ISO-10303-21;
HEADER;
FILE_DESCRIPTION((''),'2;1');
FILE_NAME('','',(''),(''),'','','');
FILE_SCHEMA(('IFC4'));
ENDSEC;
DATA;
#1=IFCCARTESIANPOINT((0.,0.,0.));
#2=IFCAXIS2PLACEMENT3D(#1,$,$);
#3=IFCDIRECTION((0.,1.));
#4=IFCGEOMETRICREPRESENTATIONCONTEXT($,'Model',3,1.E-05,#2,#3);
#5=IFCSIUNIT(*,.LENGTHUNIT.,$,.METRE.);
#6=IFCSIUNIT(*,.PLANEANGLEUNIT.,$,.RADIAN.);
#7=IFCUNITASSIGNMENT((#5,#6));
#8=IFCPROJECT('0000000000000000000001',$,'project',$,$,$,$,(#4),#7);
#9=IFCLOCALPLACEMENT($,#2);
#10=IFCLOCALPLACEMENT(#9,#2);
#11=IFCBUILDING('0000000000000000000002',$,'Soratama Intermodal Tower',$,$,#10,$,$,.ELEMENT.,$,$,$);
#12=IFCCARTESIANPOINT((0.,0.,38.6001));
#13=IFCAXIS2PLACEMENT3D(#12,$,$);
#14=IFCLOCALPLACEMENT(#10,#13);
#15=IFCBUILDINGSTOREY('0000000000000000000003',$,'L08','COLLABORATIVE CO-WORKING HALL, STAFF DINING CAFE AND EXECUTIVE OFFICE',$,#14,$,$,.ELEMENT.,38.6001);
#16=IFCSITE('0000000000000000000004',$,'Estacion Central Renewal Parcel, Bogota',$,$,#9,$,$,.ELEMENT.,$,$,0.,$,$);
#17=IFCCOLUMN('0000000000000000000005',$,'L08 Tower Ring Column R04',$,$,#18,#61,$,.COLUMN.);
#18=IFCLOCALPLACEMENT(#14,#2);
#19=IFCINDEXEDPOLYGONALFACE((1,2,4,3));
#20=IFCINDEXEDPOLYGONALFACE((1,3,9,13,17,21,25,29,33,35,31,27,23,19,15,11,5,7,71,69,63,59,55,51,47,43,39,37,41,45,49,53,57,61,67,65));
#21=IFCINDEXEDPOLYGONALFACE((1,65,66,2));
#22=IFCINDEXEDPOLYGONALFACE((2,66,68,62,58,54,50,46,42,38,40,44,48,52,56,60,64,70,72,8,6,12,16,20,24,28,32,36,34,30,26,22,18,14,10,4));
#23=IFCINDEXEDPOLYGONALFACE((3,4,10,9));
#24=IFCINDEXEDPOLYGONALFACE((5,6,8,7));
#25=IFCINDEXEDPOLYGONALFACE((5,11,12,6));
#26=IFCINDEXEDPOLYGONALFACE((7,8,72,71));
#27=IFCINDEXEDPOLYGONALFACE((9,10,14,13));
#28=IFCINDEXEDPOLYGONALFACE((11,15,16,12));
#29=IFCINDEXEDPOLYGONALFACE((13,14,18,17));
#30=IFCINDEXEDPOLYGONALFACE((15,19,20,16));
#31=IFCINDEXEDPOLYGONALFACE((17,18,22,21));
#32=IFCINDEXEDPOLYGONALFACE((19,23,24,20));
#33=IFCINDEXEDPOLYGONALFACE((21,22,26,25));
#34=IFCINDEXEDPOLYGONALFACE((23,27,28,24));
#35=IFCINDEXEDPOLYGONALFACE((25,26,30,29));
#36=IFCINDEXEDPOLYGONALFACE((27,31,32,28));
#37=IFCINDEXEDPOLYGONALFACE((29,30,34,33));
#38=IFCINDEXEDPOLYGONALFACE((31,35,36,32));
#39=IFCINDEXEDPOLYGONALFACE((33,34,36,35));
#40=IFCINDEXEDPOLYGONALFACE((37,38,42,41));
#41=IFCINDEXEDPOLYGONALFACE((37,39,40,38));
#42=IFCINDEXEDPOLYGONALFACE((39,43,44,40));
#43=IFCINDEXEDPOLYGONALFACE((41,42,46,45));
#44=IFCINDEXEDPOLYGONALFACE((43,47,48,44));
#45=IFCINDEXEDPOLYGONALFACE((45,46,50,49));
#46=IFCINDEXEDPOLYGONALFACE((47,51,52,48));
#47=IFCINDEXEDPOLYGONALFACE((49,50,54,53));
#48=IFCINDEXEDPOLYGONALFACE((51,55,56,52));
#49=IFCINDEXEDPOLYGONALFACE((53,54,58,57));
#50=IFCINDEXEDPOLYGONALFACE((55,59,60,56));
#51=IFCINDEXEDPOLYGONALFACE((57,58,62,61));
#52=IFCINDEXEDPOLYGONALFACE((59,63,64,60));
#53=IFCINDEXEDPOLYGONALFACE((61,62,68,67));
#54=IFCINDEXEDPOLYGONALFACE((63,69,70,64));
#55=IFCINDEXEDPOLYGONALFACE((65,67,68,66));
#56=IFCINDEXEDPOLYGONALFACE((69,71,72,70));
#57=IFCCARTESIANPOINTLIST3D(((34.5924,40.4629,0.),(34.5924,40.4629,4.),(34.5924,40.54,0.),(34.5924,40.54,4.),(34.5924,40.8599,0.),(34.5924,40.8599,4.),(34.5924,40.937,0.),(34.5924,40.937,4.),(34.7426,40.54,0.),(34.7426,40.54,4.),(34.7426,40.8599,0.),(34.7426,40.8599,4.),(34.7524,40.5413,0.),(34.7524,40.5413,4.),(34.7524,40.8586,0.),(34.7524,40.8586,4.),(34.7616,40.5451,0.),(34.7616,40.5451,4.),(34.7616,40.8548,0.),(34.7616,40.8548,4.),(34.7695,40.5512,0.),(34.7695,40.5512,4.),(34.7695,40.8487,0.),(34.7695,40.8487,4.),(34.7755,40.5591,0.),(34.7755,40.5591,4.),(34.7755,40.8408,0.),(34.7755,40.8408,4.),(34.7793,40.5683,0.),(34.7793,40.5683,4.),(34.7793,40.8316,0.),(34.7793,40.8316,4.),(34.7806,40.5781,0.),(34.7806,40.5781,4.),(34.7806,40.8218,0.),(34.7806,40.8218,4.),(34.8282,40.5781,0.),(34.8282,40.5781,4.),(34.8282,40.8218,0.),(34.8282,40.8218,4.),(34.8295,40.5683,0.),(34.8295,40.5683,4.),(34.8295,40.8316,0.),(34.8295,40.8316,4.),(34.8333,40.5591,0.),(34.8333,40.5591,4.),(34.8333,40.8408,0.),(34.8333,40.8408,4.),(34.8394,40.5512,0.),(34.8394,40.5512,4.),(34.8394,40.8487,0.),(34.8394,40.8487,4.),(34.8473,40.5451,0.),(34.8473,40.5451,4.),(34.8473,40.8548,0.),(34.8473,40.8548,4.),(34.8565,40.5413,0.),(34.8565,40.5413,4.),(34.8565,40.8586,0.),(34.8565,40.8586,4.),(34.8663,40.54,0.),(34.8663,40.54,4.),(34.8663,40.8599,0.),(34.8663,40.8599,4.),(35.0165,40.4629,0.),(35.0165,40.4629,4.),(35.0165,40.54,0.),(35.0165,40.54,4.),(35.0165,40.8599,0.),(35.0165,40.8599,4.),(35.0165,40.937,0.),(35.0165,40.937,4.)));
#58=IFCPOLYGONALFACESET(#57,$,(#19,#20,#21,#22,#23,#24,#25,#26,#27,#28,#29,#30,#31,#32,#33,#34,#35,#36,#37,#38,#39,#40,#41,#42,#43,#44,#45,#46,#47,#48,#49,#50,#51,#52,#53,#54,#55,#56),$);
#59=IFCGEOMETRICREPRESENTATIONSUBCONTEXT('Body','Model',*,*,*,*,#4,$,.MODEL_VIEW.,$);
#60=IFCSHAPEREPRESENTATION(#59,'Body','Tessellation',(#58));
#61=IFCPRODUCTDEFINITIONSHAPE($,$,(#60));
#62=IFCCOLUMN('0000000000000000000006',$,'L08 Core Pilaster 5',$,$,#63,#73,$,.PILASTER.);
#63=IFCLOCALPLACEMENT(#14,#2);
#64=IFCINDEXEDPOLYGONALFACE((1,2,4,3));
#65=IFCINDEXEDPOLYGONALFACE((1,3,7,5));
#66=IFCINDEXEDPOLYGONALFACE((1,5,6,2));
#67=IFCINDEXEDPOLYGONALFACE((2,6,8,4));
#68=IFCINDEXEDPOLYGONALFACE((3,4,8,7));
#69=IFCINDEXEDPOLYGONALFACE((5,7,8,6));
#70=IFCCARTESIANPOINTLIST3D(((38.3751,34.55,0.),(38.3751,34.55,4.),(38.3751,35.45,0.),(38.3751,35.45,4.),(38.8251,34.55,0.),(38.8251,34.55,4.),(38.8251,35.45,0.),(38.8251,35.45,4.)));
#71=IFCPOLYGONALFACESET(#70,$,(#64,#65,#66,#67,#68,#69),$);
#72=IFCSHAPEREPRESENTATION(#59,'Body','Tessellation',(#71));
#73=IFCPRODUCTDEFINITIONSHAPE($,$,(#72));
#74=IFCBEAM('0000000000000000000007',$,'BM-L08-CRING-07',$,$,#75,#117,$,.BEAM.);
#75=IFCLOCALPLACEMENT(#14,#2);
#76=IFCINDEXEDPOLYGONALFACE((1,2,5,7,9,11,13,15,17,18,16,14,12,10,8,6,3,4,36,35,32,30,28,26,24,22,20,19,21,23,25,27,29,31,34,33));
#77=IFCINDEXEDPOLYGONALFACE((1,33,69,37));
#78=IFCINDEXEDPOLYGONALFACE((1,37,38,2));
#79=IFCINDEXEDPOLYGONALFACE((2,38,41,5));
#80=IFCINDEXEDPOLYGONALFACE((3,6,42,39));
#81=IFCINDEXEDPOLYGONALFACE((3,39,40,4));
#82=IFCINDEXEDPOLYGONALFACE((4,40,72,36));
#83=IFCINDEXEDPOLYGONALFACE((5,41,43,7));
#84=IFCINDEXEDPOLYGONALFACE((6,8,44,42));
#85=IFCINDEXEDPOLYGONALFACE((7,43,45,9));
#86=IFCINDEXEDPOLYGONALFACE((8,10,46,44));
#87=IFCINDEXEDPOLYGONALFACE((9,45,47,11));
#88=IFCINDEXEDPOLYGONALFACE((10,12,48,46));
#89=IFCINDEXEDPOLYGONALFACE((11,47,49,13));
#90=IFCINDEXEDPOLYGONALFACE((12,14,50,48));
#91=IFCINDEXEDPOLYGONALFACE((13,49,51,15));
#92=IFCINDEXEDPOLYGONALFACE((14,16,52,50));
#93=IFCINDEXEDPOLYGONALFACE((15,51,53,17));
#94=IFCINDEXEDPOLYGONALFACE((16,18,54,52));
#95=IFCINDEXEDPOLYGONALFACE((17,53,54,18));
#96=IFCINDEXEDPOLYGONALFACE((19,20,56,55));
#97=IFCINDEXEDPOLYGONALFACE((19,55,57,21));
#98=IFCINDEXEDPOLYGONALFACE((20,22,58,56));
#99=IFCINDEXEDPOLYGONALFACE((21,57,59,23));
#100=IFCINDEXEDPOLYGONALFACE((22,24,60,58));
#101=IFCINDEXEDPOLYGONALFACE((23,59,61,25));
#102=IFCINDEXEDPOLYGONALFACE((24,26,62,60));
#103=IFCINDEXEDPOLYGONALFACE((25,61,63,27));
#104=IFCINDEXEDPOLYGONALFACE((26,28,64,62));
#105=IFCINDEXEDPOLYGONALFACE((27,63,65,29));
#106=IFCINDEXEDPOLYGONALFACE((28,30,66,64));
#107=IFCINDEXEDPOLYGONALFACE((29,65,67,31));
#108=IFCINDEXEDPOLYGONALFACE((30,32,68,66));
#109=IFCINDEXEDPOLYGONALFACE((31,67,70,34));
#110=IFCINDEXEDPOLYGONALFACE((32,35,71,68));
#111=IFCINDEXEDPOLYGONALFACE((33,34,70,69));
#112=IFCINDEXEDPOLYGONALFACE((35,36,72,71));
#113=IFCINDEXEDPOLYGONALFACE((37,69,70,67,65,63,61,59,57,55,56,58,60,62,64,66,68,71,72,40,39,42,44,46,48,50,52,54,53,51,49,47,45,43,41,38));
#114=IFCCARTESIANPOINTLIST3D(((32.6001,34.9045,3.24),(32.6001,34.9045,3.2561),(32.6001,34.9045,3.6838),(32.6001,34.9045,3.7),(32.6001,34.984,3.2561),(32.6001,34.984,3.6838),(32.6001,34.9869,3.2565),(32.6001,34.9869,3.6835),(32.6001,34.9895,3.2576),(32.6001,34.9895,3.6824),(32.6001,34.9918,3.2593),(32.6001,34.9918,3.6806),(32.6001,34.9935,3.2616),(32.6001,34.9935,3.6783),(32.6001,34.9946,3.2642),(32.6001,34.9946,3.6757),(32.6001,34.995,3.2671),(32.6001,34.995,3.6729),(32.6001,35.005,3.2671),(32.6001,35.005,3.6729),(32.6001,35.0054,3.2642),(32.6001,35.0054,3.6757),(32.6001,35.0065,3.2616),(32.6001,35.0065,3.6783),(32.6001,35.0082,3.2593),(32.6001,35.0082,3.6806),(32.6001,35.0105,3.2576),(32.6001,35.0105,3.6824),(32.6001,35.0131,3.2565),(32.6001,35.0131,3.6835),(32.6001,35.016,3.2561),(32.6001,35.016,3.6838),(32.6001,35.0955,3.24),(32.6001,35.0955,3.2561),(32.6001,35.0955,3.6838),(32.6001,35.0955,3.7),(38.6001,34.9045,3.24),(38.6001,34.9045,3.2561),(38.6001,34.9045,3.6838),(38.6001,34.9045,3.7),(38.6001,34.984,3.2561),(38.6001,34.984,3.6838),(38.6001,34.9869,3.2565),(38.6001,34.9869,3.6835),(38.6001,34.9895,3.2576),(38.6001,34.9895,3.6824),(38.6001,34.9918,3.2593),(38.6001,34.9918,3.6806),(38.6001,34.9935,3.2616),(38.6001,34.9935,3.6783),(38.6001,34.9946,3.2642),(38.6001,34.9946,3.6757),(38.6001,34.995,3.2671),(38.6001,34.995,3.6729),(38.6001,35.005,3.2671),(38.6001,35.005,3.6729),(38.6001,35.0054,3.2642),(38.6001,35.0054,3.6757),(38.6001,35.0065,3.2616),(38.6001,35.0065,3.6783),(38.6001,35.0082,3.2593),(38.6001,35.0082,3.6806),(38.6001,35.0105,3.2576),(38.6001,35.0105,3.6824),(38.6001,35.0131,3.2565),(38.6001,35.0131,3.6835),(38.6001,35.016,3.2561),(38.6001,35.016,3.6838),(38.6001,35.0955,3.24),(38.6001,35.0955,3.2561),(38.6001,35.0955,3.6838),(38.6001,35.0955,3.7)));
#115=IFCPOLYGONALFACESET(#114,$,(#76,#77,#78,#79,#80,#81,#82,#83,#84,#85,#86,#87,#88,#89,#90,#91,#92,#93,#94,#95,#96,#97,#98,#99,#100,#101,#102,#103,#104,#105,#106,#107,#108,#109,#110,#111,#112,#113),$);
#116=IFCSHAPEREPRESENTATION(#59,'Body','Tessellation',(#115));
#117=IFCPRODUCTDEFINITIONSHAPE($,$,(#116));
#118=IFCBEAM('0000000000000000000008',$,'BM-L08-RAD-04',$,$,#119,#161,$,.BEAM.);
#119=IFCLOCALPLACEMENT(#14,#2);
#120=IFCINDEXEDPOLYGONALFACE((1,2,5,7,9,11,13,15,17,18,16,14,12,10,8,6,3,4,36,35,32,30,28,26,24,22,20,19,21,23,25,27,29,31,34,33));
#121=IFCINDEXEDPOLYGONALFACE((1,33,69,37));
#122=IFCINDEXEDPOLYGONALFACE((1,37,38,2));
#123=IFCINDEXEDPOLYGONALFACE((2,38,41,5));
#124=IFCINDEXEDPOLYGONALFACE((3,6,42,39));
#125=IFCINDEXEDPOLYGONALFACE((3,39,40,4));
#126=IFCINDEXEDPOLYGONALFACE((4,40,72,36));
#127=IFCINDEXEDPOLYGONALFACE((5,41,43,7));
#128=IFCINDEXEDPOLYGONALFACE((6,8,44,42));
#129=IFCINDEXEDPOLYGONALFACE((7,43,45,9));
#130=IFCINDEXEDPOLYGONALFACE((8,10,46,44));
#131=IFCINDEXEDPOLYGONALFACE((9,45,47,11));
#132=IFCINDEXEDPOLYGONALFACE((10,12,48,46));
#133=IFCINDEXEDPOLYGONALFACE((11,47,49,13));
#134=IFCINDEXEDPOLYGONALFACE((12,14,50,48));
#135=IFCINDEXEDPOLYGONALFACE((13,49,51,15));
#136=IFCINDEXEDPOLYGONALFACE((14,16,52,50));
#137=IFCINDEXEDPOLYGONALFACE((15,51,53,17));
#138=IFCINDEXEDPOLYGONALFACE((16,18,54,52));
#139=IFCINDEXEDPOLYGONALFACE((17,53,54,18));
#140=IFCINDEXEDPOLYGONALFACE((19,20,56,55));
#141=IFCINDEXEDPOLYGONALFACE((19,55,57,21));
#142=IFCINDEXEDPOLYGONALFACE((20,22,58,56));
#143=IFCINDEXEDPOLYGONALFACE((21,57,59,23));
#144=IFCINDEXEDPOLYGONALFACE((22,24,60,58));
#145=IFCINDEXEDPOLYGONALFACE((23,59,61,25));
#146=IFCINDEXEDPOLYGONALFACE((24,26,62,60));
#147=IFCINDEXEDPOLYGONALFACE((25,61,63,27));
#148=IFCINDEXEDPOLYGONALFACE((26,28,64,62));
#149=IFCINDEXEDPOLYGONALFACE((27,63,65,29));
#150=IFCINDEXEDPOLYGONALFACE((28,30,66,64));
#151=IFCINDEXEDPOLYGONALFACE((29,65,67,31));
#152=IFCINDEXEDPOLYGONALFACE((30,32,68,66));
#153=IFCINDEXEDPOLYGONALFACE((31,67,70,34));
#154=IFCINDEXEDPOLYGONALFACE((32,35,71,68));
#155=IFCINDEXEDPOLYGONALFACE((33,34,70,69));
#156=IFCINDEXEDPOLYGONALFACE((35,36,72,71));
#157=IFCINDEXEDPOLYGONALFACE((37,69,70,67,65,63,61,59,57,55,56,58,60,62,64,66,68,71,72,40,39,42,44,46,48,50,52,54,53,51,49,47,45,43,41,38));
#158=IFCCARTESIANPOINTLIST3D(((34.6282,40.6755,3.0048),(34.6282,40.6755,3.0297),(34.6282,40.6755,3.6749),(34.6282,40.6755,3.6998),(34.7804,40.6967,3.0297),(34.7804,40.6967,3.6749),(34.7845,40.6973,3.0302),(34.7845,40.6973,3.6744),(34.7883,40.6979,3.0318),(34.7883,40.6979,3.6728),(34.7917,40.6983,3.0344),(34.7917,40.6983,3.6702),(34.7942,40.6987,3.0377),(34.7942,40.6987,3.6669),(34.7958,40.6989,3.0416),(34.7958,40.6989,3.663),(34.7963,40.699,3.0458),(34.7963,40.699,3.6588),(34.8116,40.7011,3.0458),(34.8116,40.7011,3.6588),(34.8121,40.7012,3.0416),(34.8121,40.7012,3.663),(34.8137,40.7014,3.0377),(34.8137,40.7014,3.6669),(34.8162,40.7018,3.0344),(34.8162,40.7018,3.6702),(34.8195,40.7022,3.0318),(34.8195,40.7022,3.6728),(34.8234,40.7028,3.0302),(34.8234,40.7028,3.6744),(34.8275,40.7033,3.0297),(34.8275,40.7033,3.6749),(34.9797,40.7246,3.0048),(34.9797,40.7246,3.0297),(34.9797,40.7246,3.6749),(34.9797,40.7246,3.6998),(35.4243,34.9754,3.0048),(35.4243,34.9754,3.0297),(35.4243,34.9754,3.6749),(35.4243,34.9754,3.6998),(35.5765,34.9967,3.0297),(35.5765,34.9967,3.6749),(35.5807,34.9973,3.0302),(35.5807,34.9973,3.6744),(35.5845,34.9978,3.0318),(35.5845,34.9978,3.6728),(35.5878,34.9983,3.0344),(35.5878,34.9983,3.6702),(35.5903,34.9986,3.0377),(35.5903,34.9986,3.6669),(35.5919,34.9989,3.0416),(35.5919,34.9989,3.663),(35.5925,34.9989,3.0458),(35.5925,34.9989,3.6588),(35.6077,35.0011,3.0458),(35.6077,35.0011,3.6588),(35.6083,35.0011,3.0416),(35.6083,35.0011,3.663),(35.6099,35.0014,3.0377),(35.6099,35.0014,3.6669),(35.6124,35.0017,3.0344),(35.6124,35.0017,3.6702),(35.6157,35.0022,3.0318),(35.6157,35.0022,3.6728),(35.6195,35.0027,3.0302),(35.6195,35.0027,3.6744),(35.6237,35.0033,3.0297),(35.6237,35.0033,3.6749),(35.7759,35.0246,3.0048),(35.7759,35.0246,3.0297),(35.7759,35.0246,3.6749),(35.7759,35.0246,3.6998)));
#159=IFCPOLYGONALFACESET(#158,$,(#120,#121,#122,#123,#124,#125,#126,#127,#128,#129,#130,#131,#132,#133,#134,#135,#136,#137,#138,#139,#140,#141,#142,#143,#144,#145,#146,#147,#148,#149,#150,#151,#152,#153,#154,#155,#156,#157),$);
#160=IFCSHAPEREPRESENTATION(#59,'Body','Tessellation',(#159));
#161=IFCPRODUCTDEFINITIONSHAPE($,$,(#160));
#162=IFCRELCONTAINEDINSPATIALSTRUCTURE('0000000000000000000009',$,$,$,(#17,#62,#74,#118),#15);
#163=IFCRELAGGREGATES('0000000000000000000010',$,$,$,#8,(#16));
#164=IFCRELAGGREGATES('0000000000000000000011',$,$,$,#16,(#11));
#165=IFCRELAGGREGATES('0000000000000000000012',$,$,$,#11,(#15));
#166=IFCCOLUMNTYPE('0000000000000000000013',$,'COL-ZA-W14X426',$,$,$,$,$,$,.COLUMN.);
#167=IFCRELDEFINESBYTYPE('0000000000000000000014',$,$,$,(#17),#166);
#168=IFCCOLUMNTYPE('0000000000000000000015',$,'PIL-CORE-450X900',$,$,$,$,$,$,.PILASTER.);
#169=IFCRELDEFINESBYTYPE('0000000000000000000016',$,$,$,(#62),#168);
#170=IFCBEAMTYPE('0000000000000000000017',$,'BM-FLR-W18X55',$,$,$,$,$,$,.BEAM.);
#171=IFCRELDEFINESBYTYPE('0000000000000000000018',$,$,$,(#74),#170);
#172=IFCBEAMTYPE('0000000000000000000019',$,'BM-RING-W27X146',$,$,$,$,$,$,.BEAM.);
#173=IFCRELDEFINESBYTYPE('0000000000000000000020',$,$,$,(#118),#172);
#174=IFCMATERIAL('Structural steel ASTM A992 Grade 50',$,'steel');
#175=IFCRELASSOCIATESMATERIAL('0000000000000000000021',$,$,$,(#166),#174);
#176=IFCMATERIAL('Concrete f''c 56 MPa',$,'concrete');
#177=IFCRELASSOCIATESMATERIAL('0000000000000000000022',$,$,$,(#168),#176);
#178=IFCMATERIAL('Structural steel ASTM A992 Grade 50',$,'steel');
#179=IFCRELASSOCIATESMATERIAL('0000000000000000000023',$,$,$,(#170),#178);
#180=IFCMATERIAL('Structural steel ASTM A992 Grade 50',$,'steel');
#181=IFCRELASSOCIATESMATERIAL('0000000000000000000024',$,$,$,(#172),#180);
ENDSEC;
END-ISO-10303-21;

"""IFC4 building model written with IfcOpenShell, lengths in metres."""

from ifc_helpers import new_model, si_unit, direction, frame, origin, origin_2d, place, context, subcontext, project, spatial, rectangle, i_section, extrude, material, material_profile, profile_set, type_object, element, save


model = new_model("IFC4")

# Units and contexts
model_context = context("Model", 3, precision=1e-05, world=origin(), true_north=direction((0.0, 1.0)))
body_context = subcontext(model_context, "Body", "Model", "MODEL_VIEW")
ifc_project = project(units=[si_unit("LENGTHUNIT", "METRE"), si_unit("PLANEANGLEUNIT", "RADIAN")], contexts=[model_context])

# Site, building, storey
site_placement = place(None, origin())
site = spatial("IfcSite", under=ifc_project, at=site_placement, Name="Estacion Central Renewal Parcel, Bogota", CompositionType="ELEMENT", RefElevation=0.0)
building_placement = place(site_placement, origin())
building = spatial("IfcBuilding", under=site, at=building_placement, Name="Soratama Intermodal Tower", CompositionType="ELEMENT")
storey_placement = place(building_placement, frame((0.0, 0.0, 38.6001)))
storey = spatial("IfcBuildingStorey", under=building, at=storey_placement, Name="L08", Description="COLLABORATIVE CO-WORKING HALL, STAFF DINING CAFE AND EXECUTIVE OFFICE", CompositionType="ELEMENT", Elevation=38.6001)

# Columns
ifc_material_1 = material(Name="Structural steel ASTM A992 Grade 50", Category="steel")
ifc_material_profile_1 = material_profile(ifc_material_1, i_section(OverallWidth=0.4241, OverallDepth=0.4741, WebThickness=0.0476, FlangeThickness=0.0771, FilletRadius=0.0381, at=origin_2d()), Name="W14X426")
ifc_profile_set_1 = profile_set([ifc_material_profile_1], Name="Structural steel ASTM A992 Grade 50")
column_type_1 = type_object("IfcColumnType", Name="COL-ZA-W14X426", PredefinedType="COLUMN", material=ifc_profile_set_1)
column_1_placement = place(storey_placement, frame((34.8044, 40.7, 0.0), z_axis=(0.0, 0.0, 1.0), x_axis=(1.0, 0.0, 0.0)))
element("IfcColumn", 1, at=column_1_placement, inside=storey, type_object=column_type_1, Name="L08 Tower Ring Column R04", PredefinedType="COLUMN", context=body_context, shape_type="SweptSolid", body=[
    extrude(i_section(OverallWidth=0.4241, OverallDepth=0.4741, WebThickness=0.0476, FlangeThickness=0.0771, FilletRadius=0.0381, at=origin_2d()), origin(), (0.0, 0.0, 1.0), 4.0),
])
ifc_material_2 = material(Name="Concrete f'c 56 MPa", Category="concrete")
ifc_material_profile_2 = material_profile(ifc_material_2, rectangle(XDim=0.45, YDim=0.8999, at=origin_2d()), Name="RC450X900")
ifc_profile_set_2 = profile_set([ifc_material_profile_2], Name="Concrete f'c 56 MPa")
column_type_2 = type_object("IfcColumnType", Name="PIL-CORE-450X900", PredefinedType="PILASTER", material=ifc_profile_set_2)
column_2_placement = place(storey_placement, frame((38.6001, 35.0, 0.0), z_axis=(0.0, 0.0, 1.0), x_axis=(1.0, 0.0, 0.0)))
element("IfcColumn", 2, at=column_2_placement, inside=storey, type_object=column_type_2, Name="L08 Core Pilaster 5", PredefinedType="PILASTER", context=body_context, shape_type="SweptSolid", body=[
    extrude(rectangle(XDim=0.45, YDim=0.8999, at=origin_2d()), origin(), (0.0, 0.0, 1.0), 4.0),
])

# Beams
ifc_material_3 = material(Name="Structural steel ASTM A992 Grade 50", Category="steel")
ifc_material_profile_3 = material_profile(ifc_material_3, i_section(OverallWidth=0.1909, OverallDepth=0.46, WebThickness=0.01, FlangeThickness=0.0161, FilletRadius=0.011, at=origin_2d()), Name="W18X55")
ifc_profile_set_3 = profile_set([ifc_material_profile_3], Name="Structural steel ASTM A992 Grade 50")
beam_type_1 = type_object("IfcBeamType", Name="BM-FLR-W18X55", PredefinedType="BEAM", material=ifc_profile_set_3)
beam_1_placement = place(storey_placement, frame((38.6001, 35.0, 3.47), z_axis=(-1.0, 0.0, 0.0), x_axis=(0.0, -1.0, 0.0)))
element("IfcBeam", 3, at=beam_1_placement, inside=storey, type_object=beam_type_1, Name="BM-L08-CRING-07", PredefinedType="BEAM", context=body_context, shape_type="SweptSolid", body=[
    extrude(i_section(OverallWidth=0.1909, OverallDepth=0.46, WebThickness=0.01, FlangeThickness=0.0161, FilletRadius=0.011, at=origin_2d()), origin(), (0.0, 0.0, 1.0), 6.0),
])
ifc_material_4 = material(Name="Structural steel ASTM A992 Grade 50", Category="steel")
ifc_material_profile_4 = material_profile(ifc_material_4, i_section(OverallWidth=0.355, OverallDepth=0.6951, WebThickness=0.0154, FlangeThickness=0.0249, FilletRadius=0.0161, at=origin_2d()), Name="W27X146")
ifc_profile_set_4 = profile_set([ifc_material_profile_4], Name="Structural steel ASTM A992 Grade 50")
beam_type_2 = type_object("IfcBeamType", Name="BM-RING-W27X146", PredefinedType="BEAM", material=ifc_profile_set_4)
beam_2_placement = place(storey_placement, frame((35.6001, 35.0, 3.3523), z_axis=(-0.138332, 0.990386, 0.0), x_axis=(-0.990386, -0.138332, 0.0)))
element("IfcBeam", 4, at=beam_2_placement, inside=storey, type_object=beam_type_2, Name="BM-L08-RAD-04", PredefinedType="BEAM", context=body_context, shape_type="SweptSolid", body=[
    extrude(i_section(OverallWidth=0.355, OverallDepth=0.6951, WebThickness=0.0154, FlangeThickness=0.0249, FilletRadius=0.0161, at=origin_2d()), origin(), (0.0, 0.0, 1.0), 5.7554),
])

save(model, "model.ifc")
